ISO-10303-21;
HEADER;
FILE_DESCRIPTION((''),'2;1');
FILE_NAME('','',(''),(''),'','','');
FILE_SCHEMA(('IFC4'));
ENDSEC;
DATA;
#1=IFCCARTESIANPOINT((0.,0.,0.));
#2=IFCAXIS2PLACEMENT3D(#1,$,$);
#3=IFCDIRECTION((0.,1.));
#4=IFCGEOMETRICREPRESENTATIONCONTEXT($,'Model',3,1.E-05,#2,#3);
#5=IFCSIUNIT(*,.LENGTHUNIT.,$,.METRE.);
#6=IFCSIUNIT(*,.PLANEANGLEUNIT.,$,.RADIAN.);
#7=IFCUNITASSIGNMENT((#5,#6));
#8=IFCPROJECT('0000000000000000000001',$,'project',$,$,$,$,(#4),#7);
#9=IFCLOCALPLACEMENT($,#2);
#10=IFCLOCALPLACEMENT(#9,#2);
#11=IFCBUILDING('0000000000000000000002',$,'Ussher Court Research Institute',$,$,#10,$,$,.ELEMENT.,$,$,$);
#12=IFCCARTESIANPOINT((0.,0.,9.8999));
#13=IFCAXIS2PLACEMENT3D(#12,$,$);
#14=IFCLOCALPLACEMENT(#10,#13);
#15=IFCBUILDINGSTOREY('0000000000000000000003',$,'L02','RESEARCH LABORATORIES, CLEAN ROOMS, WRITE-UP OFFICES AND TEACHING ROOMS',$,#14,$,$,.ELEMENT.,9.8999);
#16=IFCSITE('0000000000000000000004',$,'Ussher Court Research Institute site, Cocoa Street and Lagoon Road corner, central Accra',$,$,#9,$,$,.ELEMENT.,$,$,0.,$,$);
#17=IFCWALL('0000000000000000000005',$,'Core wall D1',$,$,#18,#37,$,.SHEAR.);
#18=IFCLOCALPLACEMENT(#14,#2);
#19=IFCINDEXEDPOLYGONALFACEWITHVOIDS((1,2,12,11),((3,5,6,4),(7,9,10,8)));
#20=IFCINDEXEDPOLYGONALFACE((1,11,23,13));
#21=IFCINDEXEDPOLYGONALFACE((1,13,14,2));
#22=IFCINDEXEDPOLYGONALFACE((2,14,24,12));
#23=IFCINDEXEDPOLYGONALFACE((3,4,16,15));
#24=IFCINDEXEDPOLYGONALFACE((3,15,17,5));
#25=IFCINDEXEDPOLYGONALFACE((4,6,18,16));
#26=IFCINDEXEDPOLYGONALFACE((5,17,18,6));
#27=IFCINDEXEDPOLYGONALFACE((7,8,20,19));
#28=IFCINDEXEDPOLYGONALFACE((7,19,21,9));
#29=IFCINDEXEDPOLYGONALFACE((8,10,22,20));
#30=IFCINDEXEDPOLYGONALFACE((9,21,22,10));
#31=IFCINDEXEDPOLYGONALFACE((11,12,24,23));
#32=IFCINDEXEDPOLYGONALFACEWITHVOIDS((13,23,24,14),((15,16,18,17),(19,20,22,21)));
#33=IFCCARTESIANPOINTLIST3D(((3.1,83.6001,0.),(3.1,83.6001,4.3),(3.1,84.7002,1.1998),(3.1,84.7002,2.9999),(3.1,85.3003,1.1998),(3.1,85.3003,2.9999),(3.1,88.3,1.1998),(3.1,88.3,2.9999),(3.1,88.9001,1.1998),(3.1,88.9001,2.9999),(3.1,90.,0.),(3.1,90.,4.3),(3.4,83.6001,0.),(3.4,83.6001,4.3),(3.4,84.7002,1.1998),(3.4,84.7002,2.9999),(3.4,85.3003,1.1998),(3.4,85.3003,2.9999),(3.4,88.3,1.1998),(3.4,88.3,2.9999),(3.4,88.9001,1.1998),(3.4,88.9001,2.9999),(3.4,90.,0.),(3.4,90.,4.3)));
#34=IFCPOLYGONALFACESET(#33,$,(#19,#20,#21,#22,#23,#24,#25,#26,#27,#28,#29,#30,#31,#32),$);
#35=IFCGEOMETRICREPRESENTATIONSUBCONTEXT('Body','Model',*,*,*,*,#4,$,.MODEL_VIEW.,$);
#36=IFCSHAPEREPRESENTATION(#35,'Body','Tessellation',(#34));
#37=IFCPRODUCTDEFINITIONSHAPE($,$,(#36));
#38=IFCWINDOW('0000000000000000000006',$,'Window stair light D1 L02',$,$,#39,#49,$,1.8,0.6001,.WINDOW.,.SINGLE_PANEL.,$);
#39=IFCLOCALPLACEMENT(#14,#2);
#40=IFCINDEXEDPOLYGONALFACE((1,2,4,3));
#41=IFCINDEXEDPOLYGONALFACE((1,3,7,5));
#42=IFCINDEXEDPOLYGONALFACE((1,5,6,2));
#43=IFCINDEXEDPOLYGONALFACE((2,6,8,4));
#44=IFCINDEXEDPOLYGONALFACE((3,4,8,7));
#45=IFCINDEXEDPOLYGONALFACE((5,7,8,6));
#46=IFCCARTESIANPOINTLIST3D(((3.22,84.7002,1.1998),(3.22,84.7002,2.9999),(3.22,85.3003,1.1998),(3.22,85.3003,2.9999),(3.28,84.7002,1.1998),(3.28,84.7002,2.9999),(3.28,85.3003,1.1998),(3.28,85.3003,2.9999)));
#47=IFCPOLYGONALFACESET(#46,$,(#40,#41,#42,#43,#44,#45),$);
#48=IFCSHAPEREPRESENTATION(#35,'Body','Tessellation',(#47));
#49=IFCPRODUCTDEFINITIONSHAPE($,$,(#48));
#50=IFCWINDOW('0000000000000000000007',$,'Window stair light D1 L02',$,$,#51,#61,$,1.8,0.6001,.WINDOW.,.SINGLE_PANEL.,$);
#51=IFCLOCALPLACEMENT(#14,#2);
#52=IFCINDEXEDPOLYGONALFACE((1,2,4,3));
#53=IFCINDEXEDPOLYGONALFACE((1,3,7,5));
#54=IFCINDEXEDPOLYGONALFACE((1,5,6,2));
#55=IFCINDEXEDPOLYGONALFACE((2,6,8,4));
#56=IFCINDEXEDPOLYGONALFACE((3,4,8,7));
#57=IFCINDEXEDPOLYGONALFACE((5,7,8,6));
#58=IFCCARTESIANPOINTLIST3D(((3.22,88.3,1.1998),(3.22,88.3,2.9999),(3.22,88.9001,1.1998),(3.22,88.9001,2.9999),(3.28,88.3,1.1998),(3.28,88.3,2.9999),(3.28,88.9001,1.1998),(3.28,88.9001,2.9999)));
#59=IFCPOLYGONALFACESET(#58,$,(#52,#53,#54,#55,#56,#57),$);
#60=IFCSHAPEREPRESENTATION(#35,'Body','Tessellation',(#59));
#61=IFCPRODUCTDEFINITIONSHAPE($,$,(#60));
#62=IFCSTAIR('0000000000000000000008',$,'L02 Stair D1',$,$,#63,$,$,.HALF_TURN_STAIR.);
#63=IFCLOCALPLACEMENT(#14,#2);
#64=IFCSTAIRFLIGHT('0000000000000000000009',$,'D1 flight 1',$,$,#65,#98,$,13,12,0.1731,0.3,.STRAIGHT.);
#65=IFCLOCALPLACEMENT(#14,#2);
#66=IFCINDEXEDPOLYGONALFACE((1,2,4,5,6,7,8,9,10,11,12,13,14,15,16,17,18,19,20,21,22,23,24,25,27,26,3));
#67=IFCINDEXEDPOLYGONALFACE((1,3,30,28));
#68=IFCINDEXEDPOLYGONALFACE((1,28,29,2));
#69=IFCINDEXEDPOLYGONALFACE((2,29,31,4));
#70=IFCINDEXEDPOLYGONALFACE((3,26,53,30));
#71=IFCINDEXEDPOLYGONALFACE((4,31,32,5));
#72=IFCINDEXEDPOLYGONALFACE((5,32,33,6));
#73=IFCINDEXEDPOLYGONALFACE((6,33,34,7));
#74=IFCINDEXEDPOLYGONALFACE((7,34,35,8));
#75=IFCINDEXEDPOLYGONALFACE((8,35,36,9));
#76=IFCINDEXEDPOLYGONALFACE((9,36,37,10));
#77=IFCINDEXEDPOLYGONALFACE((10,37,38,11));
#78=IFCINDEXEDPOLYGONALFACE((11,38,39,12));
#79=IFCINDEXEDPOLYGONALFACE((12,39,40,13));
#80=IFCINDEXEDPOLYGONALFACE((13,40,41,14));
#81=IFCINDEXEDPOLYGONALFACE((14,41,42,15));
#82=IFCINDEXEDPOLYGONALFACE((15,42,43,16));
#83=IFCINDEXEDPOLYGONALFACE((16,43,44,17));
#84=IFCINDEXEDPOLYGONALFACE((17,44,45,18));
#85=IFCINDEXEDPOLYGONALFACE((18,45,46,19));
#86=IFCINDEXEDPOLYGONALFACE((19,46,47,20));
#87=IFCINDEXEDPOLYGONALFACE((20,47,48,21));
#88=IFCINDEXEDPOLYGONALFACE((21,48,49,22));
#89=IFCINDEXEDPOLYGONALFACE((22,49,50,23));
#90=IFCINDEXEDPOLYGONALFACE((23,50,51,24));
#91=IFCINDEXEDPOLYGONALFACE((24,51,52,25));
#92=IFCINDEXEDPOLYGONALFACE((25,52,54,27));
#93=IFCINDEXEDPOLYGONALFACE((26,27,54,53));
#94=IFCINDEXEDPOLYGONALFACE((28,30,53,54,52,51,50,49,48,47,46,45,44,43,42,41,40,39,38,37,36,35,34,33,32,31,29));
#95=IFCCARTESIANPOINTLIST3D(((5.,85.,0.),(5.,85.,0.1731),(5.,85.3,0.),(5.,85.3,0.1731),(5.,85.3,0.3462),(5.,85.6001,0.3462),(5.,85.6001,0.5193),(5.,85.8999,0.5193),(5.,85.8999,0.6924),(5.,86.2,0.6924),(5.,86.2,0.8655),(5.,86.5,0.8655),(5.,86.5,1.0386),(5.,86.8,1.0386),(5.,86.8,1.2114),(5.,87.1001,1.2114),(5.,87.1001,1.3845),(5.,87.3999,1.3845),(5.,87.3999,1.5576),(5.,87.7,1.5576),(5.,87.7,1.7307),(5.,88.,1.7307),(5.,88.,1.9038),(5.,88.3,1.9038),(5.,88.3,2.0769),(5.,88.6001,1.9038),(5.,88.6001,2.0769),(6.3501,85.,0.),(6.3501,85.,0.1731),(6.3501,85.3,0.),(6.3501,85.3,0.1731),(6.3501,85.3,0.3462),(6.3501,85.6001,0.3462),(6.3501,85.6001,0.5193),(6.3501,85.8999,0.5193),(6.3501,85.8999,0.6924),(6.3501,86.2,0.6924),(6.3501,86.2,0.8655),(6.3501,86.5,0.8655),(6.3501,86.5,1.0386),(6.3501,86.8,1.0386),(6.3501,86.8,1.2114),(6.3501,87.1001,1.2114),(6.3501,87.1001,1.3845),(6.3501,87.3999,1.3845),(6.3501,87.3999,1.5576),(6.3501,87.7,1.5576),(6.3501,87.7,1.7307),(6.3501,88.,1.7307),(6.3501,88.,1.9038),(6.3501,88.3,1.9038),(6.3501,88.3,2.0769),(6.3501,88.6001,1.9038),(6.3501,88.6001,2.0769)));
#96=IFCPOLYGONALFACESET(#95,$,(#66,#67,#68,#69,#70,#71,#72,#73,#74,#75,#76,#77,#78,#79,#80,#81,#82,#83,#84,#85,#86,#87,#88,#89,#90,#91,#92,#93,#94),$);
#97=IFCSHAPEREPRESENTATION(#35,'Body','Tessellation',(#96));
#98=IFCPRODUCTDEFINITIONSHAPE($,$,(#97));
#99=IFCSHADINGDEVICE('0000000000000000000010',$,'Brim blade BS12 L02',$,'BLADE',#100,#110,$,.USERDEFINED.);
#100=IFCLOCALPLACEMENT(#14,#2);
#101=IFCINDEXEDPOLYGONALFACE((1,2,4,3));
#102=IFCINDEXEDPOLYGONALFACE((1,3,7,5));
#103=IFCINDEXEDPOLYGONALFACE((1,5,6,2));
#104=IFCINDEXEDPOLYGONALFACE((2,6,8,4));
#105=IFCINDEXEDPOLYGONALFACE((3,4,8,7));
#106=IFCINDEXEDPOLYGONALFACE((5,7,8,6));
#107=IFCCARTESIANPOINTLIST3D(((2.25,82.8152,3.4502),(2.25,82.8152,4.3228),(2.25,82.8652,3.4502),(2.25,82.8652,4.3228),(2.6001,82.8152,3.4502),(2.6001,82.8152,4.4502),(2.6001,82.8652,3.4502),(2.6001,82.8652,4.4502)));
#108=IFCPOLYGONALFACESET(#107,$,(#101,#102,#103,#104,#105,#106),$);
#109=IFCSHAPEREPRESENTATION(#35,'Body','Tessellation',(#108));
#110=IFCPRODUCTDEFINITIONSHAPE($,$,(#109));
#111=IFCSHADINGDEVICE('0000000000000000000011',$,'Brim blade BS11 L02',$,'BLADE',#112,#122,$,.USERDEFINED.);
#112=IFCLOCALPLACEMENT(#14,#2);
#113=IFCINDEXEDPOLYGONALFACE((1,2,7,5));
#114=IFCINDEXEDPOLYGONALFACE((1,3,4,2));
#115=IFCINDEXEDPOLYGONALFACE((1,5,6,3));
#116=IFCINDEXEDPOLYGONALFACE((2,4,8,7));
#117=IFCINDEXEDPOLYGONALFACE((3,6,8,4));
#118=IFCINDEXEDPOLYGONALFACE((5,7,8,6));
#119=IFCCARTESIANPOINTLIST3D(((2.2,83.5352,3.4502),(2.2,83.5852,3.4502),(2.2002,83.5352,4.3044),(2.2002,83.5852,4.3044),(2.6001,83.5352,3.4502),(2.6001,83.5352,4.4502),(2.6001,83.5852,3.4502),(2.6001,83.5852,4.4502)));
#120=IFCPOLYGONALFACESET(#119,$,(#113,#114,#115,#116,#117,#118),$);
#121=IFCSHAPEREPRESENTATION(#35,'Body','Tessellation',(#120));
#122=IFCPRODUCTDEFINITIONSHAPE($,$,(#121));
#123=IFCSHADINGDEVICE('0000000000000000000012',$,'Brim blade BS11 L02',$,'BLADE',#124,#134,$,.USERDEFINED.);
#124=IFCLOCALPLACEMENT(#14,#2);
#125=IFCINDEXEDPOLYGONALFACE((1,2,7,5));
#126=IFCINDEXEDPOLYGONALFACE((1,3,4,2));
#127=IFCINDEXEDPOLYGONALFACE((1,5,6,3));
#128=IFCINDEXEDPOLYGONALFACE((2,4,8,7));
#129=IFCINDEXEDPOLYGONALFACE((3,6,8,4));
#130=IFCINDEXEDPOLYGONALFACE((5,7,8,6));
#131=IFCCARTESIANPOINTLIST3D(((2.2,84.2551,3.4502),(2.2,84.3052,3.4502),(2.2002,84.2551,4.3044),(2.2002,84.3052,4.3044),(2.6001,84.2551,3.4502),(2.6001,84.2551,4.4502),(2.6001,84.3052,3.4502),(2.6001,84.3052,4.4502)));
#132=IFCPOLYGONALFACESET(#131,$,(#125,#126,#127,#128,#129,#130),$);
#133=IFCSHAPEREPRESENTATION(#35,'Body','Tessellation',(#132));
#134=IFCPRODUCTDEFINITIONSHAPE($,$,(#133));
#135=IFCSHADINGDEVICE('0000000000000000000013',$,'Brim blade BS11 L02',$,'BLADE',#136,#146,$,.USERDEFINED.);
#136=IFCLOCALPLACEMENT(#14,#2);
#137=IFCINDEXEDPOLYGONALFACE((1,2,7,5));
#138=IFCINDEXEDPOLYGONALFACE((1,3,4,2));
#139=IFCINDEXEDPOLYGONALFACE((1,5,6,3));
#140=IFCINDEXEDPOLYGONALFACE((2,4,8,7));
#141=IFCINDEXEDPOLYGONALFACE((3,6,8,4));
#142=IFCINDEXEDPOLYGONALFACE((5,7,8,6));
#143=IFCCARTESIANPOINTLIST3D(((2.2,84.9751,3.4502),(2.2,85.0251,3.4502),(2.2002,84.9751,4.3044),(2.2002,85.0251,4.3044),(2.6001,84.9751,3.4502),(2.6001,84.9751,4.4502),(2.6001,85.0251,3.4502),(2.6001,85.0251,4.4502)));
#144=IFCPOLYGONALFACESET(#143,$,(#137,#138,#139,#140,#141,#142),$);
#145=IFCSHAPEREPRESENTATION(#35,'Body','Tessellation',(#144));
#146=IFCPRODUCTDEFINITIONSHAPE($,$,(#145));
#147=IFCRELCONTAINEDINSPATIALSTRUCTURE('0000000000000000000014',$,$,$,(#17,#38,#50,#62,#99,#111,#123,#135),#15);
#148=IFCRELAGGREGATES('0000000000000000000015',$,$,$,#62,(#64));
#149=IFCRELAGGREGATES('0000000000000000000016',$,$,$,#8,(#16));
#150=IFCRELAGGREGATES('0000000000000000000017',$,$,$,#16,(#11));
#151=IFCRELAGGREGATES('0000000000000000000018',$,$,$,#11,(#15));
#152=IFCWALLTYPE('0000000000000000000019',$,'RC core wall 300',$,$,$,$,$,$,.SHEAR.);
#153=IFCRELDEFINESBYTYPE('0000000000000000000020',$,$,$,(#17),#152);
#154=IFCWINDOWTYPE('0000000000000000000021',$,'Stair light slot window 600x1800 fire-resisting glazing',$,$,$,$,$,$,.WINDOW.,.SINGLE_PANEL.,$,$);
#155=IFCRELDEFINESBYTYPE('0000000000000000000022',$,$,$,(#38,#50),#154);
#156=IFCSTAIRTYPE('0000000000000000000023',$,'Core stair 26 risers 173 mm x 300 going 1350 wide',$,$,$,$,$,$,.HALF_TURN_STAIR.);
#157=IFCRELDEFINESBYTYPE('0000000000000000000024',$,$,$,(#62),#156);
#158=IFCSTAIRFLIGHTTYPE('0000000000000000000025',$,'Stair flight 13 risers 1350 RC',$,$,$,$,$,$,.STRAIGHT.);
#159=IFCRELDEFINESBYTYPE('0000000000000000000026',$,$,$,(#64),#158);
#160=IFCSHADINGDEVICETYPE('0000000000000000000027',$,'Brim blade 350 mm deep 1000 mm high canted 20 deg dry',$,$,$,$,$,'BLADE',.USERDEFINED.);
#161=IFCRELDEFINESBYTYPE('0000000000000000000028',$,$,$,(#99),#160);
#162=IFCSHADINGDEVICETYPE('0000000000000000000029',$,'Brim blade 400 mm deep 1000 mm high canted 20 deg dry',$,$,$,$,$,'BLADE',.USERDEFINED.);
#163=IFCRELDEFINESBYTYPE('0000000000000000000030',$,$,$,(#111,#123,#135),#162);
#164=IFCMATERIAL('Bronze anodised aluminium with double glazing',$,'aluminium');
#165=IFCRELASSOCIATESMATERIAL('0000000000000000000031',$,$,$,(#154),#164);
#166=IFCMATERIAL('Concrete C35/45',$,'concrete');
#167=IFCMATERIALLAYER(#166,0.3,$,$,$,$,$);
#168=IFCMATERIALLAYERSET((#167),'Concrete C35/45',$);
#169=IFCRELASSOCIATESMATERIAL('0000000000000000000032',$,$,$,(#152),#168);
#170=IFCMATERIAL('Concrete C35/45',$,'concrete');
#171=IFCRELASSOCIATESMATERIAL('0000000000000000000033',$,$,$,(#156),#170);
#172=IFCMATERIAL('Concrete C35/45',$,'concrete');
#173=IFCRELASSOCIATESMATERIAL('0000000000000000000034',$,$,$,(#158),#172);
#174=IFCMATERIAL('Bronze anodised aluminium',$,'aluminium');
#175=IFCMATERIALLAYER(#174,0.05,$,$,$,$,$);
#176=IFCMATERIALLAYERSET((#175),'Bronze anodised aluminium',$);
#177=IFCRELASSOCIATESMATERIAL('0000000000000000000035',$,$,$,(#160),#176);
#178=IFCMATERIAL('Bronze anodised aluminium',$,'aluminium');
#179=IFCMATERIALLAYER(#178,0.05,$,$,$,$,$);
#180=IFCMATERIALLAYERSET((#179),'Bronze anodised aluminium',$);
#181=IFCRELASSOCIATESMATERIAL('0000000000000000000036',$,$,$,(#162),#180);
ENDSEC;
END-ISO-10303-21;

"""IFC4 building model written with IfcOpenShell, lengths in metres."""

from ifc_helpers import new_model, si_unit, direction, frame, frame_2d, origin, place, context, subcontext, project, spatial, polyline, rectangle, outline, extrude, material, layer, layer_set, type_object, element, fill, aggregate, save


model = new_model("IFC4")

# Units and contexts
model_context = context("Model", 3, precision=1e-05, world=origin(), true_north=direction((0.0, 1.0)))
body_context = subcontext(model_context, "Body", "Model", "MODEL_VIEW")
ifc_project = project(units=[si_unit("LENGTHUNIT", "METRE"), si_unit("PLANEANGLEUNIT", "RADIAN")], contexts=[model_context])

# Site, building, storey
site_placement = place(None, origin())
site = spatial("IfcSite", under=ifc_project, at=site_placement, Name="Ussher Court Research Institute site, Cocoa Street and Lagoon Road corner, central Accra", CompositionType="ELEMENT", RefElevation=0.0)
building_placement = place(site_placement, origin())
building = spatial("IfcBuilding", under=site, at=building_placement, Name="Ussher Court Research Institute", CompositionType="ELEMENT")
storey_placement = place(building_placement, frame((0.0, 0.0, 9.8999)))
storey = spatial("IfcBuildingStorey", under=building, at=storey_placement, Name="L02", Description="RESEARCH LABORATORIES, CLEAN ROOMS, WRITE-UP OFFICES AND TEACHING ROOMS", CompositionType="ELEMENT", Elevation=9.8999)

# Shared definitions
ifc_material_1 = material(Name="Bronze anodised aluminium with double glazing", Category="aluminium")
window_type = type_object("IfcWindowType", Name="Stair light slot window 600x1800 fire-resisting glazing", PartitioningType="SINGLE_PANEL", PredefinedType="WINDOW", material=ifc_material_1)

# Shared definitions
ifc_material_2 = material(Name="Concrete C35/45", Category="concrete")
ifc_layer_1 = layer(ifc_material_2, 0.3)
ifc_layer_set_1 = layer_set([ifc_layer_1], Name="Concrete C35/45")
wall_type_1 = type_object("IfcWallType", Name="RC core wall 300", PredefinedType="SHEAR", material=ifc_layer_set_1)

# Wall, openings, windows
wall_1_placement = place(storey_placement, frame((3.25, 83.6001, 0.0), z_axis=(0.0, 0.0, 1.0), x_axis=(0.0, 1.0, 0.0)))
wall_1 = element("IfcWall", 1, at=wall_1_placement, inside=storey, type_object=wall_type_1, Name="Core wall D1", PredefinedType="SHEAR", context=body_context, shape_type="SweptSolid", body=[
    extrude(rectangle(XDim=6.3999, YDim=0.3, at=frame_2d((3.2, 0.0))), origin(), (0.0, 0.0, 1.0), 4.3),
])
opening_1_placement = place(wall_1_placement, frame((1.1001, 0.0, 1.2)))
opening_1 = element("IfcOpeningElement", 2, at=opening_1_placement, cuts=wall_1, PredefinedType="OPENING", context=body_context, shape_type="SweptSolid", body=[
    extrude(rectangle(XDim=0.6001, YDim=1.8, at=frame_2d((0.3, 0.8999))), frame((0.0, 0.1602, 0.0), z_axis=(0.0, -1.0, 0.0), x_axis=(1.0, 0.0, 0.0)), (0.0, 0.0, 1.0), 0.3201),
])
opening_2_placement = place(wall_1_placement, frame((4.7, 0.0, 1.2)))
opening_2 = element("IfcOpeningElement", 3, at=opening_2_placement, cuts=wall_1, PredefinedType="OPENING", context=body_context, shape_type="SweptSolid", body=[
    extrude(rectangle(XDim=0.6001, YDim=1.8, at=frame_2d((0.3, 0.8999))), frame((0.0, 0.1602, 0.0), z_axis=(0.0, -1.0, 0.0), x_axis=(1.0, 0.0, 0.0)), (0.0, 0.0, 1.0), 0.3201),
])
window_1_placement = place(opening_1_placement, origin())
window_1 = element("IfcWindow", 4, at=window_1_placement, inside=storey, type_object=window_type, Name="Window stair light D1 L02", OverallHeight=1.8, OverallWidth=0.6001, PartitioningType="SINGLE_PANEL", PredefinedType="WINDOW", context=body_context, shape_type="SweptSolid", body=[
    extrude(rectangle(XDim=0.6001, YDim=1.8, at=frame_2d((0.3, 0.8999))), frame((0.0, 0.03, 0.0), z_axis=(0.0, -1.0, 0.0), x_axis=(1.0, 0.0, 0.0)), (0.0, 0.0, 1.0), 0.0601),
])
fill(opening_1, window_1)
window_2_placement = place(opening_2_placement, origin())
window_2 = element("IfcWindow", 5, at=window_2_placement, inside=storey, type_object=window_type, Name="Window stair light D1 L02", OverallHeight=1.8, OverallWidth=0.6001, PartitioningType="SINGLE_PANEL", PredefinedType="WINDOW", context=body_context, shape_type="SweptSolid", body=[
    extrude(rectangle(XDim=0.6001, YDim=1.8, at=frame_2d((0.3, 0.8999))), frame((0.0, 0.03, 0.0), z_axis=(0.0, -1.0, 0.0), x_axis=(1.0, 0.0, 0.0)), (0.0, 0.0, 1.0), 0.0601),
])
fill(opening_2, window_2)

# Stair, stair flight
ifc_material_3 = material(Name="Concrete C35/45", Category="concrete")
stair_type = type_object("IfcStairType", Name="Core stair 26 risers 173 mm x 300 going 1350 wide", PredefinedType="HALF_TURN_STAIR", material=ifc_material_3)
stair_placement = place(storey_placement, origin())
stair = element("IfcStair", 6, at=stair_placement, inside=storey, type_object=stair_type, Name="L02 Stair D1", PredefinedType="HALF_TURN_STAIR")
ifc_material_4 = material(Name="Concrete C35/45", Category="concrete")
stair_flight_type = type_object("IfcStairFlightType", Name="Stair flight 13 risers 1350 RC", PredefinedType="STRAIGHT", material=ifc_material_4)
stair_flight_placement = place(storey_placement, frame((5.675, 85.0, 0.0), z_axis=(0.0, 0.0, 1.0), x_axis=(0.0, 1.0, 0.0)))
stair_flight = element("IfcStairFlight", 7, at=stair_flight_placement, type_object=stair_flight_type, Name="D1 flight 1", NumberOfRisers=13, NumberOfTreads=12, PredefinedType="STRAIGHT", RiserHeight=0.1731, TreadLength=0.3, context=body_context, shape_type="SweptSolid", body=[
    extrude(outline(polyline([(0.0, 0.0), (0.0, 0.1731), (0.3, 0.1731), (0.3, 0.3462), (0.6001, 0.3462), (0.6001, 0.5193), (0.8999, 0.5193), (0.8999, 0.6924), (1.2, 0.6924), (1.2, 0.8655), (1.5, 0.8655), (1.5, 1.0386), (1.8, 1.0386), (1.8, 1.2114), (2.1001, 1.2114), (2.1001, 1.3845), (2.3999, 1.3845), (2.3999, 1.5576), (2.7, 1.5576), (2.7, 1.7307), (3.0, 1.7307), (3.0, 1.9038), (3.3, 1.9038), (3.3, 2.0769), (3.6001, 2.0769), (3.6001, 2.25), (3.6001, 1.9038), (0.3, 0.0), (0.0, 0.0)])), frame((0.0, 0.675, 0.0), z_axis=(0.0, -1.0, 0.0), x_axis=(1.0, 0.0, 0.0)), (0.0, 0.0, 1.0), 1.3501),
])
aggregate(stair, [stair_flight])

# Shading devices
ifc_material_5 = material(Name="Bronze anodised aluminium", Category="aluminium")
ifc_layer_2 = layer(ifc_material_5, 0.05)
ifc_layer_set_2 = layer_set([ifc_layer_2], Name="Bronze anodised aluminium")
shading_device_type_1 = type_object("IfcShadingDeviceType", Name="Brim blade 350 mm deep 1000 mm high canted 20 deg dry", ElementType="BLADE", PredefinedType="USERDEFINED", material=ifc_layer_set_2)
shading_device_placement = place(storey_placement, frame((2.6001, 82.8401, 3.4502), z_axis=(0.0, 0.0, 1.0), x_axis=(-1.0, 0.0, 0.0)))
element("IfcShadingDevice", 8, at=shading_device_placement, inside=storey, type_object=shading_device_type_1, Name="Brim blade BS12 L02", ObjectType="BLADE", PredefinedType="USERDEFINED", context=body_context, shape_type="SweptSolid", body=[
    extrude(outline(polyline([(0.0, 0.0), (0.3501, 0.0), (0.3501, 0.8726), (0.0, 1.0), (0.0, 0.0)])), frame((0.0, 0.0249, 0.0), z_axis=(0.0, -1.0, 0.0), x_axis=(1.0, 0.0, 0.0)), (0.0, 0.0, 1.0), 0.05),
])
ifc_material_6 = material(Name="Bronze anodised aluminium", Category="aluminium")
ifc_layer_3 = layer(ifc_material_6, 0.05)
ifc_layer_set_3 = layer_set([ifc_layer_3], Name="Bronze anodised aluminium")
shading_device_type_2 = type_object("IfcShadingDeviceType", Name="Brim blade 400 mm deep 1000 mm high canted 20 deg dry", ElementType="BLADE", PredefinedType="USERDEFINED", material=ifc_layer_set_3)
for number, where, z_axis, x_axis, name in (
    (9, (2.6001, 83.5601, 3.4502), (0.0, 0.0, 1.0), (-1.0, 0.0, 0.0), "Brim blade BS11 L02"),
    (10, (2.6001, 84.28, 3.4502), (0.0, 0.0, 1.0), (-1.0, 0.0, 0.0), "Brim blade BS11 L02"),
    (11, (2.6001, 85.0, 3.4502), (0.0, 0.0, 1.0), (-1.0, 0.0, 0.0), "Brim blade BS11 L02"),
):
    element("IfcShadingDevice", number, at=place(storey_placement, frame(where, z_axis=z_axis, x_axis=x_axis)), inside=storey, type_object=shading_device_type_2, Name=name, ObjectType="BLADE", PredefinedType="USERDEFINED", context=body_context, shape_type="SweptSolid", body=[
        extrude(outline(polyline([(0.0, 0.0), (0.4001, 0.0), (0.3999, 0.8542), (0.0, 1.0), (0.0, 0.0)])), frame((0.0, 0.0249, 0.0), z_axis=(0.0, -1.0, 0.0), x_axis=(1.0, 0.0, 0.0)), (0.0, 0.0, 1.0), 0.05),
    ])

save(model, "model.ifc")
